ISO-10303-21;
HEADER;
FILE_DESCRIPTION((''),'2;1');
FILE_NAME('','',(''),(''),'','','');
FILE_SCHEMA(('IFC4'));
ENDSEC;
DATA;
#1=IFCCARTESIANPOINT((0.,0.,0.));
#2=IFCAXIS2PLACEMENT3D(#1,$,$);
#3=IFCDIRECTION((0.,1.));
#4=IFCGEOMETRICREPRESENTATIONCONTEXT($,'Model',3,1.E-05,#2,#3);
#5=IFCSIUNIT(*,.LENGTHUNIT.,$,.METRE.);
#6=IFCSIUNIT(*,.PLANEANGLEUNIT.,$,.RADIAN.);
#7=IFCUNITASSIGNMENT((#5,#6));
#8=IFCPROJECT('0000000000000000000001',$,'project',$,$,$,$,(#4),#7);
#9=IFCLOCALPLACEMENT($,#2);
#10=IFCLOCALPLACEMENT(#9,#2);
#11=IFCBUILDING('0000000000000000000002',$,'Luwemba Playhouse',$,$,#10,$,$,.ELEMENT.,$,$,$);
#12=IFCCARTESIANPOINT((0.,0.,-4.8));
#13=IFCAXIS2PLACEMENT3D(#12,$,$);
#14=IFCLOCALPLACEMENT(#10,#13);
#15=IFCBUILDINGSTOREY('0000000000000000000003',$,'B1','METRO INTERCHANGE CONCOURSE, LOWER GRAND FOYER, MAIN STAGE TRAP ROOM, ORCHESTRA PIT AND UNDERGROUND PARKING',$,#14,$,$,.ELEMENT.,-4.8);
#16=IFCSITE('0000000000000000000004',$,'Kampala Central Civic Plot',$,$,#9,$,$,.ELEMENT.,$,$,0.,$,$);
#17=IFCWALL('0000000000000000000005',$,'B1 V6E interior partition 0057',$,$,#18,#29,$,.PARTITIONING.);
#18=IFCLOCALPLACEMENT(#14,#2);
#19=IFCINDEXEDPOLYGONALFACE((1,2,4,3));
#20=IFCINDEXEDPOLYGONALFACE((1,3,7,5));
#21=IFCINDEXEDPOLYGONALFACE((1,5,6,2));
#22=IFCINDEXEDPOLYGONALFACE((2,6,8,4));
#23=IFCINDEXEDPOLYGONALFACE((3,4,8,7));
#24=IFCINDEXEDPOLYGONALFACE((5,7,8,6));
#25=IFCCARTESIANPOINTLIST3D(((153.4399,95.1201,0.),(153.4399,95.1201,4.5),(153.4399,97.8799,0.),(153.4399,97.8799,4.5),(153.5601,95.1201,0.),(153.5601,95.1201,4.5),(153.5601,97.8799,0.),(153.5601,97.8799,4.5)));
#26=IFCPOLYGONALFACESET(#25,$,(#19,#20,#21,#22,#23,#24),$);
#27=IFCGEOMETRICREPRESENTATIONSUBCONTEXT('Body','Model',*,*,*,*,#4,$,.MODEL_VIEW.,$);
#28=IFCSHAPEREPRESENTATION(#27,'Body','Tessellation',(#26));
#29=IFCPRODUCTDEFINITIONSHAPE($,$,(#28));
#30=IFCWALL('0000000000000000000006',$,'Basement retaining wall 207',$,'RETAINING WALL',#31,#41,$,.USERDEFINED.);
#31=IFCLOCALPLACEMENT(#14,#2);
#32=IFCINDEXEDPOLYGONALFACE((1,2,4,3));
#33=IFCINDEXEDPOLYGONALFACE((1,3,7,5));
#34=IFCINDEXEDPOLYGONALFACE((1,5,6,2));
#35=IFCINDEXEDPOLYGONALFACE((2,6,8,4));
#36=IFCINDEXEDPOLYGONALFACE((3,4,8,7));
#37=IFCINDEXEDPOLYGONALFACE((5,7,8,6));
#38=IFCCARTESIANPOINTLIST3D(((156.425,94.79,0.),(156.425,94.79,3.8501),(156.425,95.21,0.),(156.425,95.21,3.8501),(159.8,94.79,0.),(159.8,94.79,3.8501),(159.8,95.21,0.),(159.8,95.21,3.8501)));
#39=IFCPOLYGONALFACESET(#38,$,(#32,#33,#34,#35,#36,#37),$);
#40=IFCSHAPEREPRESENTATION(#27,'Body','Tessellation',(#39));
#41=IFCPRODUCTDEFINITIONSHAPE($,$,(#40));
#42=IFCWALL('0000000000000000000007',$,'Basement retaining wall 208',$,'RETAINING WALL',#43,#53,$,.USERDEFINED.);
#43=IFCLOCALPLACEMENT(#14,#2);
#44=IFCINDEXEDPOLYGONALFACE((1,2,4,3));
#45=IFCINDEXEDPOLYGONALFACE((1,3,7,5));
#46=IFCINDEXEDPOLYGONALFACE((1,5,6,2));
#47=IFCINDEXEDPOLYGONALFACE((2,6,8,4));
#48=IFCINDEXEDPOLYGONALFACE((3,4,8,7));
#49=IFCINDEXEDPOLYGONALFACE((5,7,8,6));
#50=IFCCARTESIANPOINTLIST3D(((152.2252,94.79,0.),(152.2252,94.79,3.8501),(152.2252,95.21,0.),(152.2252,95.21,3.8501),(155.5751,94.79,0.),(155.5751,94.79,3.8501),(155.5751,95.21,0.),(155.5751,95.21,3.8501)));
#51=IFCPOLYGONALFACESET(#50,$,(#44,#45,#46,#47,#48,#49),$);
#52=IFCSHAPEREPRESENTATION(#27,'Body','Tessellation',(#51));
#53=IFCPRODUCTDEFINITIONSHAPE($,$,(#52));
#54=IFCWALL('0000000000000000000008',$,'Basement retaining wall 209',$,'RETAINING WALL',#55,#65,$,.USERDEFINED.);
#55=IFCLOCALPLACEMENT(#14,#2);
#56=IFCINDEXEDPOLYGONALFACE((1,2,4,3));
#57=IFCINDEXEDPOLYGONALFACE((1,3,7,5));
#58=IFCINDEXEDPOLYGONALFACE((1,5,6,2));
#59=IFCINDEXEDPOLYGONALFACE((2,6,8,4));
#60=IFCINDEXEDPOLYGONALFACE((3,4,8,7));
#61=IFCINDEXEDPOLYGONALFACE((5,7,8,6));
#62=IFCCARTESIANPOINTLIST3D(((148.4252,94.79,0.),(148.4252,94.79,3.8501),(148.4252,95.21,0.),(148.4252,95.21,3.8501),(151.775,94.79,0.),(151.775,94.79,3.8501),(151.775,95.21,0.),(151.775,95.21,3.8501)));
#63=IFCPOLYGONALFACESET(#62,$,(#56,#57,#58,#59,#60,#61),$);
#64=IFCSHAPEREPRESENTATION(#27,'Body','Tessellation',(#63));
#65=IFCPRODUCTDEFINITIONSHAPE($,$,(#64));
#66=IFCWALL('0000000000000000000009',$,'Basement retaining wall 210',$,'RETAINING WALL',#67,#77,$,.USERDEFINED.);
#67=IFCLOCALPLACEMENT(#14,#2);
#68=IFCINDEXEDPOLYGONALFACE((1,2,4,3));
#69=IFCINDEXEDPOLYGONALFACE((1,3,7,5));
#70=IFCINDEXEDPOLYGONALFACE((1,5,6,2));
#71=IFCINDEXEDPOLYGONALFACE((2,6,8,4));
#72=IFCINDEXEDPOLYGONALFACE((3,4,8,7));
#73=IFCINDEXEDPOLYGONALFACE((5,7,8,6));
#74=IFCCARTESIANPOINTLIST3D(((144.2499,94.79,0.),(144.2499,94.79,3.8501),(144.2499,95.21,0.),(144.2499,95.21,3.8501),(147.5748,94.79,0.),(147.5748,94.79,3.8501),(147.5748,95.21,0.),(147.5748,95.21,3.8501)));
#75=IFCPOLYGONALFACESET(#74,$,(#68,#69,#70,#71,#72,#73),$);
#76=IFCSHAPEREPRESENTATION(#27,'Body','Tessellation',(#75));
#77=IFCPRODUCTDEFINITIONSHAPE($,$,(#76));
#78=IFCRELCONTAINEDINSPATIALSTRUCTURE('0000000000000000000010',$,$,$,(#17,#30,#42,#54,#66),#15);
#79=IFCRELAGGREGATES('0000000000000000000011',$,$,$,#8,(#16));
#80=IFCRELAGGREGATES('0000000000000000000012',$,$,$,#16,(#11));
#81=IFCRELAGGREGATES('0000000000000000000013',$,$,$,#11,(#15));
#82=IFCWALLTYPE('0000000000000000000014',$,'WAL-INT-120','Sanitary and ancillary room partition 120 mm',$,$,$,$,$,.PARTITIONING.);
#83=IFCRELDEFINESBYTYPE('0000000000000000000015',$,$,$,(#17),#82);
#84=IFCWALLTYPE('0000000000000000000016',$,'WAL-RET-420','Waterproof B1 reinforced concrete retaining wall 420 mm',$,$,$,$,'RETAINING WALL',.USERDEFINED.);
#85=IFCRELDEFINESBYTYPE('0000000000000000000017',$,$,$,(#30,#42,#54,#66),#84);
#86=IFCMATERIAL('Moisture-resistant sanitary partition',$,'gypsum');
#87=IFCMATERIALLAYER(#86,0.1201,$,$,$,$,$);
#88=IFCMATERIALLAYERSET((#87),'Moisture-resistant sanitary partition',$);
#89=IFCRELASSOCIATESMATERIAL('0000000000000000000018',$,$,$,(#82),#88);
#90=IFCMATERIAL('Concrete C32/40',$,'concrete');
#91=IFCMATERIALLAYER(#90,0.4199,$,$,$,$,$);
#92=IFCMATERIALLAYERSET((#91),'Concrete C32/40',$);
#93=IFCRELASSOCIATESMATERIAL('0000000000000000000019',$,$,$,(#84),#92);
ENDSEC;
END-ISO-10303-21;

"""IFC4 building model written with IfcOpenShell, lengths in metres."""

from ifc_helpers import new_model, si_unit, direction, frame, frame_2d, origin, place, context, subcontext, project, spatial, rectangle, extrude, material, layer, layer_set, type_object, element, save


model = new_model("IFC4")

# Units and contexts
model_context = context("Model", 3, precision=1e-05, world=origin(), true_north=direction((0.0, 1.0)))
body_context = subcontext(model_context, "Body", "Model", "MODEL_VIEW")
ifc_project = project(units=[si_unit("LENGTHUNIT", "METRE"), si_unit("PLANEANGLEUNIT", "RADIAN")], contexts=[model_context])

# Site, building, storey
site_placement = place(None, origin())
site = spatial("IfcSite", under=ifc_project, at=site_placement, Name="Kampala Central Civic Plot", CompositionType="ELEMENT", RefElevation=0.0)
building_placement = place(site_placement, origin())
building = spatial("IfcBuilding", under=site, at=building_placement, Name="Luwemba Playhouse", CompositionType="ELEMENT")
storey_placement = place(building_placement, frame((0.0, 0.0, -4.8)))
storey = spatial("IfcBuildingStorey", under=building, at=storey_placement, Name="B1", Description="METRO INTERCHANGE CONCOURSE, LOWER GRAND FOYER, MAIN STAGE TRAP ROOM, ORCHESTRA PIT AND UNDERGROUND PARKING", CompositionType="ELEMENT", Elevation=-4.8)

# Shared definitions
ifc_material_1 = material(Name="Concrete C32/40", Category="concrete")

# Walls
ifc_material_2 = material(Name="Moisture-resistant sanitary partition", Category="gypsum")
ifc_layer_1 = layer(ifc_material_2, 0.1201)
ifc_layer_set_1 = layer_set([ifc_layer_1], Name="Moisture-resistant sanitary partition")
wall_type_1 = type_object("IfcWallType", Name="WAL-INT-120", Description="Sanitary and ancillary room partition 120 mm", PredefinedType="PARTITIONING", material=ifc_layer_set_1)
wall_1_placement = place(storey_placement, frame((153.5, 95.1201, 0.0), z_axis=(0.0, 0.0, 1.0), x_axis=(0.0, 1.0, 0.0)))
element("IfcWall", 1, at=wall_1_placement, inside=storey, type_object=wall_type_1, Name="B1 V6E interior partition 0057", PredefinedType="PARTITIONING", context=body_context, shape_type="SweptSolid", body=[
    extrude(rectangle(XDim=2.7598, YDim=0.1201, at=frame_2d((1.3799, 0.0))), origin(), (0.0, 0.0, 1.0), 4.5),
])
ifc_layer_2 = layer(ifc_material_1, 0.4199)
ifc_layer_set_2 = layer_set([ifc_layer_2], Name="Concrete C32/40")
wall_type_2 = type_object("IfcWallType", Name="WAL-RET-420", Description="Waterproof B1 reinforced concrete retaining wall 420 mm", ElementType="RETAINING WALL", PredefinedType="USERDEFINED", material=ifc_layer_set_2)
wall_2_placement = place(storey_placement, frame((159.8, 95.0, 0.0), z_axis=(0.0, 0.0, 1.0), x_axis=(-1.0, 0.0, 0.0)))
element("IfcWall", 2, at=wall_2_placement, inside=storey, type_object=wall_type_2, Name="Basement retaining wall 207", ObjectType="RETAINING WALL", PredefinedType="USERDEFINED", context=body_context, shape_type="SweptSolid", body=[
    extrude(rectangle(XDim=3.375, YDim=0.4199, at=frame_2d((1.6875, 0.0))), origin(), (0.0, 0.0, 1.0), 3.8501),
])
for number, where, z_axis, x_axis, name in (
    (3, (155.575, 95.0, 0.0), (0.0, 0.0, 1.0), (-1.0, 0.0, 0.0), "Basement retaining wall 208"),
    (4, (151.7749, 95.0, 0.0), (0.0, 0.0, 1.0), (-1.0, 0.0, 0.0), "Basement retaining wall 209"),
):
    element("IfcWall", number, at=place(storey_placement, frame(where, z_axis=z_axis, x_axis=x_axis)), inside=storey, type_object=wall_type_2, Name=name, ObjectType="RETAINING WALL", PredefinedType="USERDEFINED", context=body_context, shape_type="SweptSolid", body=[
        extrude(rectangle(XDim=3.3499, YDim=0.4199, at=frame_2d((1.6748, 0.0))), origin(), (0.0, 0.0, 1.0), 3.8501),
    ])
wall_3_placement = place(storey_placement, frame((147.575, 95.0, 0.0), z_axis=(0.0, 0.0, 1.0), x_axis=(-1.0, 0.0, 0.0)))
element("IfcWall", 5, at=wall_3_placement, inside=storey, type_object=wall_type_2, Name="Basement retaining wall 210", ObjectType="RETAINING WALL", PredefinedType="USERDEFINED", context=body_context, shape_type="SweptSolid", body=[
    extrude(rectangle(XDim=3.325, YDim=0.4199, at=frame_2d((1.6626, 0.0))), origin(), (0.0, 0.0, 1.0), 3.8501),
])

save(model, "model.ifc")
